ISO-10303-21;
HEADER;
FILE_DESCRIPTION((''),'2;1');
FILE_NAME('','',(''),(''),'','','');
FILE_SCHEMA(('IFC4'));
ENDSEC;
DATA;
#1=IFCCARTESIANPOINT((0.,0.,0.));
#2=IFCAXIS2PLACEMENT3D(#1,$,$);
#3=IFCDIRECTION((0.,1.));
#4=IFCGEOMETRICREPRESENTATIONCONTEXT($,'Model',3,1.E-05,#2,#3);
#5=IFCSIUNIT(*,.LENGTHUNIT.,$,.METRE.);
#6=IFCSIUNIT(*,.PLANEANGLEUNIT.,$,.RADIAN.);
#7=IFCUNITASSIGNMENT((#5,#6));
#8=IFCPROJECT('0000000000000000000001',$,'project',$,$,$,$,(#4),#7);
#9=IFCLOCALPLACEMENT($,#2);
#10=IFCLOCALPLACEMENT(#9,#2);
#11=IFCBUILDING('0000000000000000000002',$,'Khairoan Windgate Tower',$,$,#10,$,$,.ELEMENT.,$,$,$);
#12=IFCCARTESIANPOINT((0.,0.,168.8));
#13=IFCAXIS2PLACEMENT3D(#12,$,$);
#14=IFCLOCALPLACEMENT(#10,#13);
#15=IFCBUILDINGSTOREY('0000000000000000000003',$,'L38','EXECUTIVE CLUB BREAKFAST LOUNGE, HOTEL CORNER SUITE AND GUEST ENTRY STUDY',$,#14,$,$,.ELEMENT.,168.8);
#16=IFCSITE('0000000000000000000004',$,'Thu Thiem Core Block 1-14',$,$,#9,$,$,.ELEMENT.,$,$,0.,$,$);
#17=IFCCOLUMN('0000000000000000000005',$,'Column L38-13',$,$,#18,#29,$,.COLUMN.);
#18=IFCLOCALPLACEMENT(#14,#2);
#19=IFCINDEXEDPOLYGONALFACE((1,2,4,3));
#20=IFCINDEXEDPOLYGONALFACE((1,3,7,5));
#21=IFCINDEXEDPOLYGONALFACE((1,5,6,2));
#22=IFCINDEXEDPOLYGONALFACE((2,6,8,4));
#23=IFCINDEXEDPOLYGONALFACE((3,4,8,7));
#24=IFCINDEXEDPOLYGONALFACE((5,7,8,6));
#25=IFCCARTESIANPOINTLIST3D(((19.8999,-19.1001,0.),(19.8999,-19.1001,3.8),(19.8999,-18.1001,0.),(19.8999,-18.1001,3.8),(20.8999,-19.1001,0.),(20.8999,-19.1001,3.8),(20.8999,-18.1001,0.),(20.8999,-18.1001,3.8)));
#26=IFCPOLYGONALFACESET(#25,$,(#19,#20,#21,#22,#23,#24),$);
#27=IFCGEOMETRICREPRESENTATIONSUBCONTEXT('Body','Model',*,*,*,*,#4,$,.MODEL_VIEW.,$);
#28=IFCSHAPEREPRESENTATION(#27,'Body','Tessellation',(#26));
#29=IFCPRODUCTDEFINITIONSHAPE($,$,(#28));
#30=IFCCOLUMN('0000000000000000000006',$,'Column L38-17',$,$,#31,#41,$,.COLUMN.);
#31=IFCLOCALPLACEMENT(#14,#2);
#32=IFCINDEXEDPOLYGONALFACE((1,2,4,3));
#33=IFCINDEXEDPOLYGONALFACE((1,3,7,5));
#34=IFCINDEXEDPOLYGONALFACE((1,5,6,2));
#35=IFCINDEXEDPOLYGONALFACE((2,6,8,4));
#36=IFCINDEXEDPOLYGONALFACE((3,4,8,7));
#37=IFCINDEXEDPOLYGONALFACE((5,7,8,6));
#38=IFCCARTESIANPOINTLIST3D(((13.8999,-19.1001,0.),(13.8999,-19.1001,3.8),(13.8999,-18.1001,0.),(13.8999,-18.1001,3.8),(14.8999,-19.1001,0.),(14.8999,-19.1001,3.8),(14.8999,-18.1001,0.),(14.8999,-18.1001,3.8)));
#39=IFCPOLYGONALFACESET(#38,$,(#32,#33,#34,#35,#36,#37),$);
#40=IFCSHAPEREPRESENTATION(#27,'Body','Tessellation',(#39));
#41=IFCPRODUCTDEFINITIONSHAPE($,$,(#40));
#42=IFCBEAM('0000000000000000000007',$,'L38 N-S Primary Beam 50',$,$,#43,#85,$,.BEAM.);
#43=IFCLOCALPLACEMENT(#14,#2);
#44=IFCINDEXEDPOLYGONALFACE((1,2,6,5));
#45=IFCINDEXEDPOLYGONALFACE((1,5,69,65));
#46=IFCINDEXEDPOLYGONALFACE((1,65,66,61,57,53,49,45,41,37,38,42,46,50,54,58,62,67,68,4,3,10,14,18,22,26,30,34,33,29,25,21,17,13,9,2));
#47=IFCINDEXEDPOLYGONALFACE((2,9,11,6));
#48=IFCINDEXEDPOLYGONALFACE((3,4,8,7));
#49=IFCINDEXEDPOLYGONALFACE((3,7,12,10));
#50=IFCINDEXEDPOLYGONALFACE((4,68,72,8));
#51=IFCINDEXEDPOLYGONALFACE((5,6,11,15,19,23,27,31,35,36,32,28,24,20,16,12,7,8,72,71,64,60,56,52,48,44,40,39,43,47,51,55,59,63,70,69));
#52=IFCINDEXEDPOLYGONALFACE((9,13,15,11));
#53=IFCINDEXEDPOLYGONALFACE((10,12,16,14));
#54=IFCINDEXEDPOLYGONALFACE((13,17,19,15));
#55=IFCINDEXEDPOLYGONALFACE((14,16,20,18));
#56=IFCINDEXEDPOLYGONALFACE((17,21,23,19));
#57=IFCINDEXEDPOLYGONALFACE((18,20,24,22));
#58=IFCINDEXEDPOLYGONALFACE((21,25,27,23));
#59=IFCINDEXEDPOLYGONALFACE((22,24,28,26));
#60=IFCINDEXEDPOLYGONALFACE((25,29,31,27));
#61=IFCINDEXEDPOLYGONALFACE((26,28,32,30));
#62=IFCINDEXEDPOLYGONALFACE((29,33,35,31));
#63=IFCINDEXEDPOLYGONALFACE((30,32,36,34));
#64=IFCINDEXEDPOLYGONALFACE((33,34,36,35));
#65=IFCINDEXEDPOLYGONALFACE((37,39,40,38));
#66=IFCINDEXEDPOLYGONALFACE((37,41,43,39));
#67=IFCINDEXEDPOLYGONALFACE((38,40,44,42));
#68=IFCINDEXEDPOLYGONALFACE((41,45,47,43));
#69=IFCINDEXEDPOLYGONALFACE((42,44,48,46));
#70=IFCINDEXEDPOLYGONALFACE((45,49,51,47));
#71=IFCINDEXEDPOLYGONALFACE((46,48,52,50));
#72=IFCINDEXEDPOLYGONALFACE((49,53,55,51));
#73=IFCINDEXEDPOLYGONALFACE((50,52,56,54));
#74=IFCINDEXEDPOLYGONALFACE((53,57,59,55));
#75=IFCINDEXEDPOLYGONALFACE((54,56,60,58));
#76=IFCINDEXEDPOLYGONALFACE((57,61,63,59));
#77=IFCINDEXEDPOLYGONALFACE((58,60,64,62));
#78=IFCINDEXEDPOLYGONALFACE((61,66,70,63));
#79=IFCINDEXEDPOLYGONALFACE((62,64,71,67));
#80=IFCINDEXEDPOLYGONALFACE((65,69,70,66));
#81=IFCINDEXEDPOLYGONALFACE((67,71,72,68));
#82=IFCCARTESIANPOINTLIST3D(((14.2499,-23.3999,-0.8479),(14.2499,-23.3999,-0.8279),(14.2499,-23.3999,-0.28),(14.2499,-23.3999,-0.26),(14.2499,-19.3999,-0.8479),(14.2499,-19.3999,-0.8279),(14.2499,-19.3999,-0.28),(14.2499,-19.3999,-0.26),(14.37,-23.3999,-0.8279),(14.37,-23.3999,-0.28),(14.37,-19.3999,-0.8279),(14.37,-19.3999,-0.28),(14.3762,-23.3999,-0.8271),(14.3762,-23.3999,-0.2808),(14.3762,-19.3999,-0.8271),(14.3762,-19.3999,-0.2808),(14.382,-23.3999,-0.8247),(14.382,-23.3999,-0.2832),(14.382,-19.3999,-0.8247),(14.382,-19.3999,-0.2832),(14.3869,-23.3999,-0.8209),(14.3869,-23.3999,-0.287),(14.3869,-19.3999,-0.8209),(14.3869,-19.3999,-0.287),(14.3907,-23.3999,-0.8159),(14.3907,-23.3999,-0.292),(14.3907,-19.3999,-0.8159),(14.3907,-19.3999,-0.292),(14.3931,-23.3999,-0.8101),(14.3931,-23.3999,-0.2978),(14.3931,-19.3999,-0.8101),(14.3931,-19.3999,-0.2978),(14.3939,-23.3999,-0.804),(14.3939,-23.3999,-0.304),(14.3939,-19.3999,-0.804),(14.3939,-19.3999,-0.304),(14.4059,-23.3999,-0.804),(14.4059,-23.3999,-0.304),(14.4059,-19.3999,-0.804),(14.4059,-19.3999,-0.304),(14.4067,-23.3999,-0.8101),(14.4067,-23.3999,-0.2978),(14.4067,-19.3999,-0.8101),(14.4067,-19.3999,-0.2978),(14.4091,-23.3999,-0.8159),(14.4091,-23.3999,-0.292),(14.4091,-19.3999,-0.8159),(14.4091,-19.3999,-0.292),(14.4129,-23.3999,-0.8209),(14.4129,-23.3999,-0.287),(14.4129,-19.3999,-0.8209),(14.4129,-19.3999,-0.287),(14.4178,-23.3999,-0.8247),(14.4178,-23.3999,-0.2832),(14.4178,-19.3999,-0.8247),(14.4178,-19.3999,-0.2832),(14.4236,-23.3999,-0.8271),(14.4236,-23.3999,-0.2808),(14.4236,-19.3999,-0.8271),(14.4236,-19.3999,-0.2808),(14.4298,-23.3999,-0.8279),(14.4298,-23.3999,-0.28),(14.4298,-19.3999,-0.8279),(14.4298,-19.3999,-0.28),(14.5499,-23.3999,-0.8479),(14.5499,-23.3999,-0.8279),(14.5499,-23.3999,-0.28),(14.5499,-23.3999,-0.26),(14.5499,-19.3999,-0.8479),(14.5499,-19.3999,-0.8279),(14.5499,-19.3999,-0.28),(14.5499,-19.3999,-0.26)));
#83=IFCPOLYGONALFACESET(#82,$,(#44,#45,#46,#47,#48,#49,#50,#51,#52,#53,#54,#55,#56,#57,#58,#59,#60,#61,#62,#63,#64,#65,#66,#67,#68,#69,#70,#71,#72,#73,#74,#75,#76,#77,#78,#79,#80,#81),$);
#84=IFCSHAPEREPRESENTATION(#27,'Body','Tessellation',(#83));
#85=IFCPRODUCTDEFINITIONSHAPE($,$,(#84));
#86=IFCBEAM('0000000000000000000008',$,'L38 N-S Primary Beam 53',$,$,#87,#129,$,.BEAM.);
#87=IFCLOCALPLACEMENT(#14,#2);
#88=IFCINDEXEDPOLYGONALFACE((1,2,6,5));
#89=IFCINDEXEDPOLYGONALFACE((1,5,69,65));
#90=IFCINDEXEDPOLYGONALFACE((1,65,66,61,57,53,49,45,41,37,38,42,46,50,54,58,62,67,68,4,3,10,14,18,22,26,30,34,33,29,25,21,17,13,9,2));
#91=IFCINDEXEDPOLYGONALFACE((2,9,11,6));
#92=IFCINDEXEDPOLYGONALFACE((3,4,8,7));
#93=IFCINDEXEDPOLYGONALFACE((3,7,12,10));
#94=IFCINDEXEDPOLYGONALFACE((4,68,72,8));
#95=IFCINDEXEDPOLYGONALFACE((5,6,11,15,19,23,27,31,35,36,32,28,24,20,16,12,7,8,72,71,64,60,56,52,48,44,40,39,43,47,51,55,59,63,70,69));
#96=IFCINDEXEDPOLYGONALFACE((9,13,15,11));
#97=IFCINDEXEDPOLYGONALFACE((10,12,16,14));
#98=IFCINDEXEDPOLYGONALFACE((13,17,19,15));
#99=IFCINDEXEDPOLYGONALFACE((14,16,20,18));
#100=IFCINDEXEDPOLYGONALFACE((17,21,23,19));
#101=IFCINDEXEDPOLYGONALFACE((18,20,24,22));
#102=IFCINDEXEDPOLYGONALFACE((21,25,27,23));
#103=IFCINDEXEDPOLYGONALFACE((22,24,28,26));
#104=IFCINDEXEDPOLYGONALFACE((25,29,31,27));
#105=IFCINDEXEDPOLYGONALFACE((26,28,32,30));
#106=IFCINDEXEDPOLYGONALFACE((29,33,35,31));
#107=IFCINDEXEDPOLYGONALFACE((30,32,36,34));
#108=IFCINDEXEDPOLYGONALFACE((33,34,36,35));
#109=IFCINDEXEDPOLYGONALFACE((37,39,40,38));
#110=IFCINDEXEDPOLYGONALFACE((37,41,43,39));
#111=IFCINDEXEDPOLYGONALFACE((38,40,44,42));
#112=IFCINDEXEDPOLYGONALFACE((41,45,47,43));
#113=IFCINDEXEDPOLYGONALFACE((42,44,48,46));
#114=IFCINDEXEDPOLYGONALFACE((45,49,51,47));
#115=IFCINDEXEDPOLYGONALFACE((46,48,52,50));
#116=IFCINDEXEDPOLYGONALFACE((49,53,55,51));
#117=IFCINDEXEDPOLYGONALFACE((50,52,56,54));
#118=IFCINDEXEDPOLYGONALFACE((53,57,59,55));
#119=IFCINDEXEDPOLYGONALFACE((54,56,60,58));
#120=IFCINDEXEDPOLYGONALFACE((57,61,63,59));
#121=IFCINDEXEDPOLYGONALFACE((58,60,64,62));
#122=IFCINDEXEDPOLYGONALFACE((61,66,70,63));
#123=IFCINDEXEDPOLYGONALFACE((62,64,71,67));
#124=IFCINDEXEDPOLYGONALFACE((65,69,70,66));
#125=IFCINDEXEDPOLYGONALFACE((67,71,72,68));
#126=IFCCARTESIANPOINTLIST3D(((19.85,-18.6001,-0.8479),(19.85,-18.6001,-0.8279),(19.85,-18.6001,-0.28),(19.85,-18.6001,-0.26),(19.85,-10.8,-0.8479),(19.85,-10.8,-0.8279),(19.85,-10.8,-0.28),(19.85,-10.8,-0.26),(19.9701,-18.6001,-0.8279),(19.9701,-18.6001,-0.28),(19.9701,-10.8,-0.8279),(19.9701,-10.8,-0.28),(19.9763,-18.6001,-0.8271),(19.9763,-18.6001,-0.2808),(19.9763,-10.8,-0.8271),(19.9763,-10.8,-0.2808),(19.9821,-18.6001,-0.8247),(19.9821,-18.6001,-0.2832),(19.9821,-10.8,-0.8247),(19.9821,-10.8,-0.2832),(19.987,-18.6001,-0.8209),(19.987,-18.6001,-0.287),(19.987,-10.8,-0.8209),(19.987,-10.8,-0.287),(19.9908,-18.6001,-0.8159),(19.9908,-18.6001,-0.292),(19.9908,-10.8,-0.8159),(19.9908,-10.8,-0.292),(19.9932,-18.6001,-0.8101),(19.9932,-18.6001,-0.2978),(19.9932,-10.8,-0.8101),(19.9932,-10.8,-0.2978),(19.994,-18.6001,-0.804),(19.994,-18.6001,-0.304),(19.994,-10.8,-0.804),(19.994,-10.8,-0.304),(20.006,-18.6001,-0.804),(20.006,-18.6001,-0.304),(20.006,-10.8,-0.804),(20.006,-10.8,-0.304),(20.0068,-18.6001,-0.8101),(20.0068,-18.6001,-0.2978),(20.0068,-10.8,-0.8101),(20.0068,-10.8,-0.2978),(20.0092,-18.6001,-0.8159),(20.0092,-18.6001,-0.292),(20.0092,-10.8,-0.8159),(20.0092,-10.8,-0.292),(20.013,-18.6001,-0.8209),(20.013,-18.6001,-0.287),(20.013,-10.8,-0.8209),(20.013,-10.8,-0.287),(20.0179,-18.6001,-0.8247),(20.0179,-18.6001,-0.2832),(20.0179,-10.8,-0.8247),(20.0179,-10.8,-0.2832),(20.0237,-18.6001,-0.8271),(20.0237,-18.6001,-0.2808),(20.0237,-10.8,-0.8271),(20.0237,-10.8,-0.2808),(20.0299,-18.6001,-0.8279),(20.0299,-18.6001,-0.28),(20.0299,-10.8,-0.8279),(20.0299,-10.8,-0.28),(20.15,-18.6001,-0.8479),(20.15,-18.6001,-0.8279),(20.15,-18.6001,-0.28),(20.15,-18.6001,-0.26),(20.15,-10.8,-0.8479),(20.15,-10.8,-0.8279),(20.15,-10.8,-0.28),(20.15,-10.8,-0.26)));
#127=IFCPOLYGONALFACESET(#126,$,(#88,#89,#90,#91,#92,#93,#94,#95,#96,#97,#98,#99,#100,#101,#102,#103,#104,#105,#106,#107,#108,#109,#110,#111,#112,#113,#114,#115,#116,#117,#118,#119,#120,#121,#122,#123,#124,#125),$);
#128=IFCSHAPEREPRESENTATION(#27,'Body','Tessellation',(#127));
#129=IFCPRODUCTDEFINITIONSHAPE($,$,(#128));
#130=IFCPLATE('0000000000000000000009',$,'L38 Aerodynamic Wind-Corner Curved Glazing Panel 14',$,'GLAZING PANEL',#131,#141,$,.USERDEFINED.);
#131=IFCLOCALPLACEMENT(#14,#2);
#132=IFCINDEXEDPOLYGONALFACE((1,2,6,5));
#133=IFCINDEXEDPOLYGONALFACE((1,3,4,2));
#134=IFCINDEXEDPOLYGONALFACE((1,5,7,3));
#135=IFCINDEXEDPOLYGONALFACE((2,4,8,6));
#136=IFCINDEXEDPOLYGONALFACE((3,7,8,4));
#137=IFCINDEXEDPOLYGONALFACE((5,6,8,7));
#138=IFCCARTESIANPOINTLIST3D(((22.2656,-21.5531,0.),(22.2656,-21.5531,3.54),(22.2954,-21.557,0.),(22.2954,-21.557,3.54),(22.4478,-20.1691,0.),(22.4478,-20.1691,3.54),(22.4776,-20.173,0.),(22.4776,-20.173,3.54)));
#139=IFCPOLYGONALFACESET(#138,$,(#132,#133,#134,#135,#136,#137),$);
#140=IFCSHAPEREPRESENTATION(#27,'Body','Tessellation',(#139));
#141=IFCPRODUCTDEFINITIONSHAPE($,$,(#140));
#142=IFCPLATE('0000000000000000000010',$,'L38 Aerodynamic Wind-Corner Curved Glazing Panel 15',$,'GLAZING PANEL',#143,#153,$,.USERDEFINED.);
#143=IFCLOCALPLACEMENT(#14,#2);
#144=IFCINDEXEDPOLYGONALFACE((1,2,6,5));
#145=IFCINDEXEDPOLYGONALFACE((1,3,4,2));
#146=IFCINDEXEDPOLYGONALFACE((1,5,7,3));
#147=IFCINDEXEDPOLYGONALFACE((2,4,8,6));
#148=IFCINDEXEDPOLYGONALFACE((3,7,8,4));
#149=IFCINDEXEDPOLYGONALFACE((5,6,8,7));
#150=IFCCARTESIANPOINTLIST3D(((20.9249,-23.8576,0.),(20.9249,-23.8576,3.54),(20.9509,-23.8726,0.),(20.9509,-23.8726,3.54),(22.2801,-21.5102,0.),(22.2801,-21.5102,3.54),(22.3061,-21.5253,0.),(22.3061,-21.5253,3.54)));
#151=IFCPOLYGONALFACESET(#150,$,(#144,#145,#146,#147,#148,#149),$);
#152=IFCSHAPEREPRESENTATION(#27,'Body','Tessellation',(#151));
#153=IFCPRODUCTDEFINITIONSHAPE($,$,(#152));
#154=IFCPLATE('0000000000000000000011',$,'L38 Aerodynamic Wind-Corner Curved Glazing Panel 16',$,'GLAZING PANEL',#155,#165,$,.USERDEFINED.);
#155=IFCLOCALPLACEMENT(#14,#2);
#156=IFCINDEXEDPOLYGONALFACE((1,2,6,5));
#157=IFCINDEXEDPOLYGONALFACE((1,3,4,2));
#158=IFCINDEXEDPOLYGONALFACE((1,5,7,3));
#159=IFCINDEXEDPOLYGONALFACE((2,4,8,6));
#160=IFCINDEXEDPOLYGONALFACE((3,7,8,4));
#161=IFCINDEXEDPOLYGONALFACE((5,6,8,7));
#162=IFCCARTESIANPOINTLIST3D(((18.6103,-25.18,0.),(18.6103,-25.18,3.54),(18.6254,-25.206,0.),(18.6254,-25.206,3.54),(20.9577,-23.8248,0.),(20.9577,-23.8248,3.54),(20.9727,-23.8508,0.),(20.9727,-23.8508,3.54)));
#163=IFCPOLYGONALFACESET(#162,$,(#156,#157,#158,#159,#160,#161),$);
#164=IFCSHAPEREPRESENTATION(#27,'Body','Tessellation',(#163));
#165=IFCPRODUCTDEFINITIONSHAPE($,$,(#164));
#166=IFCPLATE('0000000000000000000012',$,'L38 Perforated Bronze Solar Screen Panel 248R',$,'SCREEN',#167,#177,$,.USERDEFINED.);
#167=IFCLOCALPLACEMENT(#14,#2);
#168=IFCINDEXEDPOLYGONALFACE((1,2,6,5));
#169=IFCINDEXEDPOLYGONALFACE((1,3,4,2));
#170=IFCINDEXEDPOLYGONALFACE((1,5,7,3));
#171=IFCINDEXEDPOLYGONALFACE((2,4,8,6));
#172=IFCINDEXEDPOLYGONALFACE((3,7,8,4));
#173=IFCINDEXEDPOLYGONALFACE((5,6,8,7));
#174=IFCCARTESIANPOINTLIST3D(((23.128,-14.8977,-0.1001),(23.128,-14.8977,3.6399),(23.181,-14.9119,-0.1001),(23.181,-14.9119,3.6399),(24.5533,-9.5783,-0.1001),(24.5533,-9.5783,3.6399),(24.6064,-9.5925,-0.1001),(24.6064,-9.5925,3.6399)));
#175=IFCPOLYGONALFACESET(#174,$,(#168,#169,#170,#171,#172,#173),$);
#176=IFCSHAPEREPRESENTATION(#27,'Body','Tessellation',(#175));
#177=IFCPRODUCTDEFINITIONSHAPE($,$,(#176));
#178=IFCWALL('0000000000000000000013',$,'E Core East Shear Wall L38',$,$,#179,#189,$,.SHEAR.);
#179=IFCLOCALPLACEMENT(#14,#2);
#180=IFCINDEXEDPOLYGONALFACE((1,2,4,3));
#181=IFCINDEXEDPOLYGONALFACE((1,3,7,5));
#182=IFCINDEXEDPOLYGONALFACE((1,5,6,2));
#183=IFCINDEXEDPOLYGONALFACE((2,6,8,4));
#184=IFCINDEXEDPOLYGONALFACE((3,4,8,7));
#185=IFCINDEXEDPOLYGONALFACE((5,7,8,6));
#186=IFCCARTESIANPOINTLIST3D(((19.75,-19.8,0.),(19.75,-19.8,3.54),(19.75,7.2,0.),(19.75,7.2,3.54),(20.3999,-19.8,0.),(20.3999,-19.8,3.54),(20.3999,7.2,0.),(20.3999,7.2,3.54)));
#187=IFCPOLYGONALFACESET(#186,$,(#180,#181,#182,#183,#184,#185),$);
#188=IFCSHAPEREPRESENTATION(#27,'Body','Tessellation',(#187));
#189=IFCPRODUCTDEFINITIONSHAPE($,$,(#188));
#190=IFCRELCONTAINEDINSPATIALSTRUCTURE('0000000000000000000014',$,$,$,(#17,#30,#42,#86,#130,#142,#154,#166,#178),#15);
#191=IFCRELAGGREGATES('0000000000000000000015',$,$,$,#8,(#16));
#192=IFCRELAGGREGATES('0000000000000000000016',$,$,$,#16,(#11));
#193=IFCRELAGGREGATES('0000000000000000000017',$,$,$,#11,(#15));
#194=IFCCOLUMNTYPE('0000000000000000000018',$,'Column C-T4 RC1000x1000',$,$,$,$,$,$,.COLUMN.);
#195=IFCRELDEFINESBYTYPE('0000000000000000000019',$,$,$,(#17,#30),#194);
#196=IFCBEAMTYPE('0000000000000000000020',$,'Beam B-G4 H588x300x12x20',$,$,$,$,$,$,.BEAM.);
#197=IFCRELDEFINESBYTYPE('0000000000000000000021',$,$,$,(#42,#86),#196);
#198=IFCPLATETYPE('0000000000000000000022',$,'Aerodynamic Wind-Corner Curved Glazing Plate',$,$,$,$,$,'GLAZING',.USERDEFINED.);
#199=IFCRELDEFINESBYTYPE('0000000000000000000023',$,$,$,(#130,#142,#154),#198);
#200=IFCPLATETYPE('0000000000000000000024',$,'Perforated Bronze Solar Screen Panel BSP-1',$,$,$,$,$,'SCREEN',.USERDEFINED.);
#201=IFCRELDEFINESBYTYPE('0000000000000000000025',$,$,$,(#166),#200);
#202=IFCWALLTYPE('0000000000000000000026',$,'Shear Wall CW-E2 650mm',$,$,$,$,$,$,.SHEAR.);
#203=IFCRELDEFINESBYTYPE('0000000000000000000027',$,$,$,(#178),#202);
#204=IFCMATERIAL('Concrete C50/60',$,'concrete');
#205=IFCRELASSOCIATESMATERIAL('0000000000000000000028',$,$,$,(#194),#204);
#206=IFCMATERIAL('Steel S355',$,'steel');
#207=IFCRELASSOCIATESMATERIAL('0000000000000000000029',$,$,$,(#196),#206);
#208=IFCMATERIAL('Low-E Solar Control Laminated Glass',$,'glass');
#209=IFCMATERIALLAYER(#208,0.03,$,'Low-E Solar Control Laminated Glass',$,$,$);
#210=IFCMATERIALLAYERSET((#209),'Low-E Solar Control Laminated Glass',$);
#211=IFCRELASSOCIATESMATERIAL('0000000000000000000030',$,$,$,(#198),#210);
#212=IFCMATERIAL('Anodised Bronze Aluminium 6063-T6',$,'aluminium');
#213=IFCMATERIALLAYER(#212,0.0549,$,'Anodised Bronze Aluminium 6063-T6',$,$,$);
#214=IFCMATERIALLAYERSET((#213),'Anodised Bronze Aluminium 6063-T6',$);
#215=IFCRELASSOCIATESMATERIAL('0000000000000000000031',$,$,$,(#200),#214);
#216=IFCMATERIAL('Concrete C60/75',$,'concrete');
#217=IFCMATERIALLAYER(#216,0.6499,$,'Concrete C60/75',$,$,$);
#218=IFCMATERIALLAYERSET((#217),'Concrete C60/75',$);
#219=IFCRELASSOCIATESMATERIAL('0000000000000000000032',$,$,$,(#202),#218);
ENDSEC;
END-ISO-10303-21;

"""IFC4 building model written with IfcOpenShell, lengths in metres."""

from ifc_helpers import new_model, si_unit, direction, frame, frame_2d, origin, origin_2d, place, context, subcontext, project, spatial, rectangle, i_section, extrude, material, layer, layer_set, material_profile, profile_set, type_object, element, save


model = new_model("IFC4")

# Units and contexts
model_context = context("Model", 3, precision=1e-05, world=origin(), true_north=direction((0.0, 1.0)))
body_context = subcontext(model_context, "Body", "Model", "MODEL_VIEW")
ifc_project = project(units=[si_unit("LENGTHUNIT", "METRE"), si_unit("PLANEANGLEUNIT", "RADIAN")], contexts=[model_context])

# Site, building, storey
site_placement = place(None, origin())
site = spatial("IfcSite", under=ifc_project, at=site_placement, Name="Thu Thiem Core Block 1-14", CompositionType="ELEMENT", RefElevation=0.0)
building_placement = place(site_placement, origin())
building = spatial("IfcBuilding", under=site, at=building_placement, Name="Khairoan Windgate Tower", CompositionType="ELEMENT")
storey_placement = place(building_placement, frame((0.0, 0.0, 168.8)))
storey = spatial("IfcBuildingStorey", under=building, at=storey_placement, Name="L38", Description="EXECUTIVE CLUB BREAKFAST LOUNGE, HOTEL CORNER SUITE AND GUEST ENTRY STUDY", CompositionType="ELEMENT", Elevation=168.8)

# Columns
ifc_material_1 = material(Name="Concrete C50/60", Category="concrete")
ifc_material_profile_1 = material_profile(ifc_material_1, rectangle(XDim=1.0, YDim=1.0, at=origin_2d()))
ifc_profile_set_1 = profile_set([ifc_material_profile_1], Name="Concrete C50/60")
column_type = type_object("IfcColumnType", Name="Column C-T4 RC1000x1000", PredefinedType="COLUMN", material=ifc_profile_set_1)
for number, where, z_axis, x_axis, name in (
    (1, (20.3999, -18.6001, 0.0), (0.0, 0.0, 1.0), (1.0, 0.0, 0.0), "Column L38-13"),
    (2, (14.3999, -18.6001, 0.0), (0.0, 0.0, 1.0), (1.0, 0.0, 0.0), "Column L38-17"),
):
    element("IfcColumn", number, at=place(storey_placement, frame(where, z_axis=z_axis, x_axis=x_axis)), inside=storey, type_object=column_type, Name=name, PredefinedType="COLUMN", context=body_context, shape_type="SweptSolid", body=[
        extrude(rectangle(XDim=1.0, YDim=1.0, at=origin_2d()), origin(), (0.0, 0.0, 1.0), 3.8),
    ])

# Beams
ifc_material_2 = material(Name="Steel S355", Category="steel")
ifc_material_profile_2 = material_profile(ifc_material_2, i_section(OverallWidth=0.3, OverallDepth=0.5879, WebThickness=0.012, FlangeThickness=0.02, FilletRadius=0.0239, at=origin_2d()))
ifc_profile_set_2 = profile_set([ifc_material_profile_2], Name="Steel S355")
beam_type = type_object("IfcBeamType", Name="Beam B-G4 H588x300x12x20", PredefinedType="BEAM", material=ifc_profile_set_2)
beam_1_placement = place(storey_placement, frame((14.3999, -23.3999, -0.554), z_axis=(0.0, 1.0, 0.0), x_axis=(-1.0, 0.0, 0.0)))
element("IfcBeam", 3, at=beam_1_placement, inside=storey, type_object=beam_type, Name="L38 N-S Primary Beam 50", PredefinedType="BEAM", context=body_context, shape_type="SweptSolid", body=[
    extrude(i_section(OverallWidth=0.3, OverallDepth=0.5879, WebThickness=0.012, FlangeThickness=0.02, FilletRadius=0.0239, at=origin_2d()), origin(), (0.0, 0.0, 1.0), 4.0),
])
beam_2_placement = place(storey_placement, frame((20.0, -18.6001, -0.554), z_axis=(0.0, 1.0, 0.0), x_axis=(-1.0, 0.0, 0.0)))
element("IfcBeam", 4, at=beam_2_placement, inside=storey, type_object=beam_type, Name="L38 N-S Primary Beam 53", PredefinedType="BEAM", context=body_context, shape_type="SweptSolid", body=[
    extrude(i_section(OverallWidth=0.3, OverallDepth=0.5879, WebThickness=0.012, FlangeThickness=0.02, FilletRadius=0.0239, at=origin_2d()), origin(), (0.0, 0.0, 1.0), 7.8),
])

# Plates
ifc_material_3 = material(Name="Low-E Solar Control Laminated Glass", Category="glass")
ifc_layer_1 = layer(ifc_material_3, 0.03, Name="Low-E Solar Control Laminated Glass")
ifc_layer_set_1 = layer_set([ifc_layer_1], Name="Low-E Solar Control Laminated Glass")
plate_type_1 = type_object("IfcPlateType", Name="Aerodynamic Wind-Corner Curved Glazing Plate", ElementType="GLAZING", PredefinedType="USERDEFINED", material=ifc_layer_set_1)
plate_1_placement = place(storey_placement, frame((22.3716, -20.863, 0.0), z_axis=(0.0, 0.0, 1.0), x_axis=(-0.130526, -0.991445, 0.0)))
element("IfcPlate", 5, at=plate_1_placement, inside=storey, type_object=plate_type_1, Name="L38 Aerodynamic Wind-Corner Curved Glazing Panel 14", ObjectType="GLAZING PANEL", PredefinedType="USERDEFINED", context=body_context, shape_type="SweptSolid", body=[
    extrude(rectangle(XDim=1.396, YDim=0.03, at=origin_2d()), origin(), (0.0, 0.0, 1.0), 3.54),
])
for number, where, z_axis, x_axis, name in (
    (6, (21.6155, -22.6914, 0.0), (0.0, 0.0, 1.0), (-0.5, -0.866025, 0.0), "L38 Aerodynamic Wind-Corner Curved Glazing Panel 15"),
    (7, (19.7915, -24.5154, 0.0), (0.0, 0.0, 1.0), (-0.866025, -0.5, 0.0), "L38 Aerodynamic Wind-Corner Curved Glazing Panel 16"),
):
    element("IfcPlate", number, at=place(storey_placement, frame(where, z_axis=z_axis, x_axis=x_axis)), inside=storey, type_object=plate_type_1, Name=name, ObjectType="GLAZING PANEL", PredefinedType="USERDEFINED", context=body_context, shape_type="SweptSolid", body=[
        extrude(rectangle(XDim=2.7104, YDim=0.03, at=origin_2d()), origin(), (0.0, 0.0, 1.0), 3.54),
    ])

# Plate
ifc_material_4 = material(Name="Anodised Bronze Aluminium 6063-T6", Category="aluminium")
ifc_layer_2 = layer(ifc_material_4, 0.0549, Name="Anodised Bronze Aluminium 6063-T6")
ifc_layer_set_2 = layer_set([ifc_layer_2], Name="Anodised Bronze Aluminium 6063-T6")
plate_type_2 = type_object("IfcPlateType", Name="Perforated Bronze Solar Screen Panel BSP-1", ElementType="SCREEN", PredefinedType="USERDEFINED", material=ifc_layer_set_2)
plate_2_placement = place(storey_placement, frame((23.8672, -12.2451, -0.1001), z_axis=(0.0, 0.0, 1.0), x_axis=(-0.258819, -0.965926, 0.0)))
element("IfcPlate", 8, at=plate_2_placement, inside=storey, type_object=plate_type_2, Name="L38 Perforated Bronze Solar Screen Panel 248R", ObjectType="SCREEN", PredefinedType="USERDEFINED", context=body_context, shape_type="SweptSolid", body=[
    extrude(rectangle(XDim=5.5071, YDim=0.0549, at=origin_2d()), origin(), (0.0, 0.0, 1.0), 3.74),
])

# Wall
ifc_material_5 = material(Name="Concrete C60/75", Category="concrete")
ifc_layer_3 = layer(ifc_material_5, 0.6499, Name="Concrete C60/75")
ifc_layer_set_3 = layer_set([ifc_layer_3], Name="Concrete C60/75")
wall_type_1 = type_object("IfcWallType", Name="Shear Wall CW-E2 650mm", PredefinedType="SHEAR", material=ifc_layer_set_3)
wall_1_placement = place(storey_placement, frame((20.075, -19.8, 0.0), z_axis=(0.0, 0.0, 1.0), x_axis=(0.0, 1.0, 0.0)))
element("IfcWall", 9, at=wall_1_placement, inside=storey, type_object=wall_type_1, Name="E Core East Shear Wall L38", PredefinedType="SHEAR", context=body_context, shape_type="SweptSolid", body=[
    extrude(rectangle(XDim=27.0, YDim=0.6499, at=frame_2d((13.5, 0.0))), origin(), (0.0, 0.0, 1.0), 3.54),
])

save(model, "model.ifc")
